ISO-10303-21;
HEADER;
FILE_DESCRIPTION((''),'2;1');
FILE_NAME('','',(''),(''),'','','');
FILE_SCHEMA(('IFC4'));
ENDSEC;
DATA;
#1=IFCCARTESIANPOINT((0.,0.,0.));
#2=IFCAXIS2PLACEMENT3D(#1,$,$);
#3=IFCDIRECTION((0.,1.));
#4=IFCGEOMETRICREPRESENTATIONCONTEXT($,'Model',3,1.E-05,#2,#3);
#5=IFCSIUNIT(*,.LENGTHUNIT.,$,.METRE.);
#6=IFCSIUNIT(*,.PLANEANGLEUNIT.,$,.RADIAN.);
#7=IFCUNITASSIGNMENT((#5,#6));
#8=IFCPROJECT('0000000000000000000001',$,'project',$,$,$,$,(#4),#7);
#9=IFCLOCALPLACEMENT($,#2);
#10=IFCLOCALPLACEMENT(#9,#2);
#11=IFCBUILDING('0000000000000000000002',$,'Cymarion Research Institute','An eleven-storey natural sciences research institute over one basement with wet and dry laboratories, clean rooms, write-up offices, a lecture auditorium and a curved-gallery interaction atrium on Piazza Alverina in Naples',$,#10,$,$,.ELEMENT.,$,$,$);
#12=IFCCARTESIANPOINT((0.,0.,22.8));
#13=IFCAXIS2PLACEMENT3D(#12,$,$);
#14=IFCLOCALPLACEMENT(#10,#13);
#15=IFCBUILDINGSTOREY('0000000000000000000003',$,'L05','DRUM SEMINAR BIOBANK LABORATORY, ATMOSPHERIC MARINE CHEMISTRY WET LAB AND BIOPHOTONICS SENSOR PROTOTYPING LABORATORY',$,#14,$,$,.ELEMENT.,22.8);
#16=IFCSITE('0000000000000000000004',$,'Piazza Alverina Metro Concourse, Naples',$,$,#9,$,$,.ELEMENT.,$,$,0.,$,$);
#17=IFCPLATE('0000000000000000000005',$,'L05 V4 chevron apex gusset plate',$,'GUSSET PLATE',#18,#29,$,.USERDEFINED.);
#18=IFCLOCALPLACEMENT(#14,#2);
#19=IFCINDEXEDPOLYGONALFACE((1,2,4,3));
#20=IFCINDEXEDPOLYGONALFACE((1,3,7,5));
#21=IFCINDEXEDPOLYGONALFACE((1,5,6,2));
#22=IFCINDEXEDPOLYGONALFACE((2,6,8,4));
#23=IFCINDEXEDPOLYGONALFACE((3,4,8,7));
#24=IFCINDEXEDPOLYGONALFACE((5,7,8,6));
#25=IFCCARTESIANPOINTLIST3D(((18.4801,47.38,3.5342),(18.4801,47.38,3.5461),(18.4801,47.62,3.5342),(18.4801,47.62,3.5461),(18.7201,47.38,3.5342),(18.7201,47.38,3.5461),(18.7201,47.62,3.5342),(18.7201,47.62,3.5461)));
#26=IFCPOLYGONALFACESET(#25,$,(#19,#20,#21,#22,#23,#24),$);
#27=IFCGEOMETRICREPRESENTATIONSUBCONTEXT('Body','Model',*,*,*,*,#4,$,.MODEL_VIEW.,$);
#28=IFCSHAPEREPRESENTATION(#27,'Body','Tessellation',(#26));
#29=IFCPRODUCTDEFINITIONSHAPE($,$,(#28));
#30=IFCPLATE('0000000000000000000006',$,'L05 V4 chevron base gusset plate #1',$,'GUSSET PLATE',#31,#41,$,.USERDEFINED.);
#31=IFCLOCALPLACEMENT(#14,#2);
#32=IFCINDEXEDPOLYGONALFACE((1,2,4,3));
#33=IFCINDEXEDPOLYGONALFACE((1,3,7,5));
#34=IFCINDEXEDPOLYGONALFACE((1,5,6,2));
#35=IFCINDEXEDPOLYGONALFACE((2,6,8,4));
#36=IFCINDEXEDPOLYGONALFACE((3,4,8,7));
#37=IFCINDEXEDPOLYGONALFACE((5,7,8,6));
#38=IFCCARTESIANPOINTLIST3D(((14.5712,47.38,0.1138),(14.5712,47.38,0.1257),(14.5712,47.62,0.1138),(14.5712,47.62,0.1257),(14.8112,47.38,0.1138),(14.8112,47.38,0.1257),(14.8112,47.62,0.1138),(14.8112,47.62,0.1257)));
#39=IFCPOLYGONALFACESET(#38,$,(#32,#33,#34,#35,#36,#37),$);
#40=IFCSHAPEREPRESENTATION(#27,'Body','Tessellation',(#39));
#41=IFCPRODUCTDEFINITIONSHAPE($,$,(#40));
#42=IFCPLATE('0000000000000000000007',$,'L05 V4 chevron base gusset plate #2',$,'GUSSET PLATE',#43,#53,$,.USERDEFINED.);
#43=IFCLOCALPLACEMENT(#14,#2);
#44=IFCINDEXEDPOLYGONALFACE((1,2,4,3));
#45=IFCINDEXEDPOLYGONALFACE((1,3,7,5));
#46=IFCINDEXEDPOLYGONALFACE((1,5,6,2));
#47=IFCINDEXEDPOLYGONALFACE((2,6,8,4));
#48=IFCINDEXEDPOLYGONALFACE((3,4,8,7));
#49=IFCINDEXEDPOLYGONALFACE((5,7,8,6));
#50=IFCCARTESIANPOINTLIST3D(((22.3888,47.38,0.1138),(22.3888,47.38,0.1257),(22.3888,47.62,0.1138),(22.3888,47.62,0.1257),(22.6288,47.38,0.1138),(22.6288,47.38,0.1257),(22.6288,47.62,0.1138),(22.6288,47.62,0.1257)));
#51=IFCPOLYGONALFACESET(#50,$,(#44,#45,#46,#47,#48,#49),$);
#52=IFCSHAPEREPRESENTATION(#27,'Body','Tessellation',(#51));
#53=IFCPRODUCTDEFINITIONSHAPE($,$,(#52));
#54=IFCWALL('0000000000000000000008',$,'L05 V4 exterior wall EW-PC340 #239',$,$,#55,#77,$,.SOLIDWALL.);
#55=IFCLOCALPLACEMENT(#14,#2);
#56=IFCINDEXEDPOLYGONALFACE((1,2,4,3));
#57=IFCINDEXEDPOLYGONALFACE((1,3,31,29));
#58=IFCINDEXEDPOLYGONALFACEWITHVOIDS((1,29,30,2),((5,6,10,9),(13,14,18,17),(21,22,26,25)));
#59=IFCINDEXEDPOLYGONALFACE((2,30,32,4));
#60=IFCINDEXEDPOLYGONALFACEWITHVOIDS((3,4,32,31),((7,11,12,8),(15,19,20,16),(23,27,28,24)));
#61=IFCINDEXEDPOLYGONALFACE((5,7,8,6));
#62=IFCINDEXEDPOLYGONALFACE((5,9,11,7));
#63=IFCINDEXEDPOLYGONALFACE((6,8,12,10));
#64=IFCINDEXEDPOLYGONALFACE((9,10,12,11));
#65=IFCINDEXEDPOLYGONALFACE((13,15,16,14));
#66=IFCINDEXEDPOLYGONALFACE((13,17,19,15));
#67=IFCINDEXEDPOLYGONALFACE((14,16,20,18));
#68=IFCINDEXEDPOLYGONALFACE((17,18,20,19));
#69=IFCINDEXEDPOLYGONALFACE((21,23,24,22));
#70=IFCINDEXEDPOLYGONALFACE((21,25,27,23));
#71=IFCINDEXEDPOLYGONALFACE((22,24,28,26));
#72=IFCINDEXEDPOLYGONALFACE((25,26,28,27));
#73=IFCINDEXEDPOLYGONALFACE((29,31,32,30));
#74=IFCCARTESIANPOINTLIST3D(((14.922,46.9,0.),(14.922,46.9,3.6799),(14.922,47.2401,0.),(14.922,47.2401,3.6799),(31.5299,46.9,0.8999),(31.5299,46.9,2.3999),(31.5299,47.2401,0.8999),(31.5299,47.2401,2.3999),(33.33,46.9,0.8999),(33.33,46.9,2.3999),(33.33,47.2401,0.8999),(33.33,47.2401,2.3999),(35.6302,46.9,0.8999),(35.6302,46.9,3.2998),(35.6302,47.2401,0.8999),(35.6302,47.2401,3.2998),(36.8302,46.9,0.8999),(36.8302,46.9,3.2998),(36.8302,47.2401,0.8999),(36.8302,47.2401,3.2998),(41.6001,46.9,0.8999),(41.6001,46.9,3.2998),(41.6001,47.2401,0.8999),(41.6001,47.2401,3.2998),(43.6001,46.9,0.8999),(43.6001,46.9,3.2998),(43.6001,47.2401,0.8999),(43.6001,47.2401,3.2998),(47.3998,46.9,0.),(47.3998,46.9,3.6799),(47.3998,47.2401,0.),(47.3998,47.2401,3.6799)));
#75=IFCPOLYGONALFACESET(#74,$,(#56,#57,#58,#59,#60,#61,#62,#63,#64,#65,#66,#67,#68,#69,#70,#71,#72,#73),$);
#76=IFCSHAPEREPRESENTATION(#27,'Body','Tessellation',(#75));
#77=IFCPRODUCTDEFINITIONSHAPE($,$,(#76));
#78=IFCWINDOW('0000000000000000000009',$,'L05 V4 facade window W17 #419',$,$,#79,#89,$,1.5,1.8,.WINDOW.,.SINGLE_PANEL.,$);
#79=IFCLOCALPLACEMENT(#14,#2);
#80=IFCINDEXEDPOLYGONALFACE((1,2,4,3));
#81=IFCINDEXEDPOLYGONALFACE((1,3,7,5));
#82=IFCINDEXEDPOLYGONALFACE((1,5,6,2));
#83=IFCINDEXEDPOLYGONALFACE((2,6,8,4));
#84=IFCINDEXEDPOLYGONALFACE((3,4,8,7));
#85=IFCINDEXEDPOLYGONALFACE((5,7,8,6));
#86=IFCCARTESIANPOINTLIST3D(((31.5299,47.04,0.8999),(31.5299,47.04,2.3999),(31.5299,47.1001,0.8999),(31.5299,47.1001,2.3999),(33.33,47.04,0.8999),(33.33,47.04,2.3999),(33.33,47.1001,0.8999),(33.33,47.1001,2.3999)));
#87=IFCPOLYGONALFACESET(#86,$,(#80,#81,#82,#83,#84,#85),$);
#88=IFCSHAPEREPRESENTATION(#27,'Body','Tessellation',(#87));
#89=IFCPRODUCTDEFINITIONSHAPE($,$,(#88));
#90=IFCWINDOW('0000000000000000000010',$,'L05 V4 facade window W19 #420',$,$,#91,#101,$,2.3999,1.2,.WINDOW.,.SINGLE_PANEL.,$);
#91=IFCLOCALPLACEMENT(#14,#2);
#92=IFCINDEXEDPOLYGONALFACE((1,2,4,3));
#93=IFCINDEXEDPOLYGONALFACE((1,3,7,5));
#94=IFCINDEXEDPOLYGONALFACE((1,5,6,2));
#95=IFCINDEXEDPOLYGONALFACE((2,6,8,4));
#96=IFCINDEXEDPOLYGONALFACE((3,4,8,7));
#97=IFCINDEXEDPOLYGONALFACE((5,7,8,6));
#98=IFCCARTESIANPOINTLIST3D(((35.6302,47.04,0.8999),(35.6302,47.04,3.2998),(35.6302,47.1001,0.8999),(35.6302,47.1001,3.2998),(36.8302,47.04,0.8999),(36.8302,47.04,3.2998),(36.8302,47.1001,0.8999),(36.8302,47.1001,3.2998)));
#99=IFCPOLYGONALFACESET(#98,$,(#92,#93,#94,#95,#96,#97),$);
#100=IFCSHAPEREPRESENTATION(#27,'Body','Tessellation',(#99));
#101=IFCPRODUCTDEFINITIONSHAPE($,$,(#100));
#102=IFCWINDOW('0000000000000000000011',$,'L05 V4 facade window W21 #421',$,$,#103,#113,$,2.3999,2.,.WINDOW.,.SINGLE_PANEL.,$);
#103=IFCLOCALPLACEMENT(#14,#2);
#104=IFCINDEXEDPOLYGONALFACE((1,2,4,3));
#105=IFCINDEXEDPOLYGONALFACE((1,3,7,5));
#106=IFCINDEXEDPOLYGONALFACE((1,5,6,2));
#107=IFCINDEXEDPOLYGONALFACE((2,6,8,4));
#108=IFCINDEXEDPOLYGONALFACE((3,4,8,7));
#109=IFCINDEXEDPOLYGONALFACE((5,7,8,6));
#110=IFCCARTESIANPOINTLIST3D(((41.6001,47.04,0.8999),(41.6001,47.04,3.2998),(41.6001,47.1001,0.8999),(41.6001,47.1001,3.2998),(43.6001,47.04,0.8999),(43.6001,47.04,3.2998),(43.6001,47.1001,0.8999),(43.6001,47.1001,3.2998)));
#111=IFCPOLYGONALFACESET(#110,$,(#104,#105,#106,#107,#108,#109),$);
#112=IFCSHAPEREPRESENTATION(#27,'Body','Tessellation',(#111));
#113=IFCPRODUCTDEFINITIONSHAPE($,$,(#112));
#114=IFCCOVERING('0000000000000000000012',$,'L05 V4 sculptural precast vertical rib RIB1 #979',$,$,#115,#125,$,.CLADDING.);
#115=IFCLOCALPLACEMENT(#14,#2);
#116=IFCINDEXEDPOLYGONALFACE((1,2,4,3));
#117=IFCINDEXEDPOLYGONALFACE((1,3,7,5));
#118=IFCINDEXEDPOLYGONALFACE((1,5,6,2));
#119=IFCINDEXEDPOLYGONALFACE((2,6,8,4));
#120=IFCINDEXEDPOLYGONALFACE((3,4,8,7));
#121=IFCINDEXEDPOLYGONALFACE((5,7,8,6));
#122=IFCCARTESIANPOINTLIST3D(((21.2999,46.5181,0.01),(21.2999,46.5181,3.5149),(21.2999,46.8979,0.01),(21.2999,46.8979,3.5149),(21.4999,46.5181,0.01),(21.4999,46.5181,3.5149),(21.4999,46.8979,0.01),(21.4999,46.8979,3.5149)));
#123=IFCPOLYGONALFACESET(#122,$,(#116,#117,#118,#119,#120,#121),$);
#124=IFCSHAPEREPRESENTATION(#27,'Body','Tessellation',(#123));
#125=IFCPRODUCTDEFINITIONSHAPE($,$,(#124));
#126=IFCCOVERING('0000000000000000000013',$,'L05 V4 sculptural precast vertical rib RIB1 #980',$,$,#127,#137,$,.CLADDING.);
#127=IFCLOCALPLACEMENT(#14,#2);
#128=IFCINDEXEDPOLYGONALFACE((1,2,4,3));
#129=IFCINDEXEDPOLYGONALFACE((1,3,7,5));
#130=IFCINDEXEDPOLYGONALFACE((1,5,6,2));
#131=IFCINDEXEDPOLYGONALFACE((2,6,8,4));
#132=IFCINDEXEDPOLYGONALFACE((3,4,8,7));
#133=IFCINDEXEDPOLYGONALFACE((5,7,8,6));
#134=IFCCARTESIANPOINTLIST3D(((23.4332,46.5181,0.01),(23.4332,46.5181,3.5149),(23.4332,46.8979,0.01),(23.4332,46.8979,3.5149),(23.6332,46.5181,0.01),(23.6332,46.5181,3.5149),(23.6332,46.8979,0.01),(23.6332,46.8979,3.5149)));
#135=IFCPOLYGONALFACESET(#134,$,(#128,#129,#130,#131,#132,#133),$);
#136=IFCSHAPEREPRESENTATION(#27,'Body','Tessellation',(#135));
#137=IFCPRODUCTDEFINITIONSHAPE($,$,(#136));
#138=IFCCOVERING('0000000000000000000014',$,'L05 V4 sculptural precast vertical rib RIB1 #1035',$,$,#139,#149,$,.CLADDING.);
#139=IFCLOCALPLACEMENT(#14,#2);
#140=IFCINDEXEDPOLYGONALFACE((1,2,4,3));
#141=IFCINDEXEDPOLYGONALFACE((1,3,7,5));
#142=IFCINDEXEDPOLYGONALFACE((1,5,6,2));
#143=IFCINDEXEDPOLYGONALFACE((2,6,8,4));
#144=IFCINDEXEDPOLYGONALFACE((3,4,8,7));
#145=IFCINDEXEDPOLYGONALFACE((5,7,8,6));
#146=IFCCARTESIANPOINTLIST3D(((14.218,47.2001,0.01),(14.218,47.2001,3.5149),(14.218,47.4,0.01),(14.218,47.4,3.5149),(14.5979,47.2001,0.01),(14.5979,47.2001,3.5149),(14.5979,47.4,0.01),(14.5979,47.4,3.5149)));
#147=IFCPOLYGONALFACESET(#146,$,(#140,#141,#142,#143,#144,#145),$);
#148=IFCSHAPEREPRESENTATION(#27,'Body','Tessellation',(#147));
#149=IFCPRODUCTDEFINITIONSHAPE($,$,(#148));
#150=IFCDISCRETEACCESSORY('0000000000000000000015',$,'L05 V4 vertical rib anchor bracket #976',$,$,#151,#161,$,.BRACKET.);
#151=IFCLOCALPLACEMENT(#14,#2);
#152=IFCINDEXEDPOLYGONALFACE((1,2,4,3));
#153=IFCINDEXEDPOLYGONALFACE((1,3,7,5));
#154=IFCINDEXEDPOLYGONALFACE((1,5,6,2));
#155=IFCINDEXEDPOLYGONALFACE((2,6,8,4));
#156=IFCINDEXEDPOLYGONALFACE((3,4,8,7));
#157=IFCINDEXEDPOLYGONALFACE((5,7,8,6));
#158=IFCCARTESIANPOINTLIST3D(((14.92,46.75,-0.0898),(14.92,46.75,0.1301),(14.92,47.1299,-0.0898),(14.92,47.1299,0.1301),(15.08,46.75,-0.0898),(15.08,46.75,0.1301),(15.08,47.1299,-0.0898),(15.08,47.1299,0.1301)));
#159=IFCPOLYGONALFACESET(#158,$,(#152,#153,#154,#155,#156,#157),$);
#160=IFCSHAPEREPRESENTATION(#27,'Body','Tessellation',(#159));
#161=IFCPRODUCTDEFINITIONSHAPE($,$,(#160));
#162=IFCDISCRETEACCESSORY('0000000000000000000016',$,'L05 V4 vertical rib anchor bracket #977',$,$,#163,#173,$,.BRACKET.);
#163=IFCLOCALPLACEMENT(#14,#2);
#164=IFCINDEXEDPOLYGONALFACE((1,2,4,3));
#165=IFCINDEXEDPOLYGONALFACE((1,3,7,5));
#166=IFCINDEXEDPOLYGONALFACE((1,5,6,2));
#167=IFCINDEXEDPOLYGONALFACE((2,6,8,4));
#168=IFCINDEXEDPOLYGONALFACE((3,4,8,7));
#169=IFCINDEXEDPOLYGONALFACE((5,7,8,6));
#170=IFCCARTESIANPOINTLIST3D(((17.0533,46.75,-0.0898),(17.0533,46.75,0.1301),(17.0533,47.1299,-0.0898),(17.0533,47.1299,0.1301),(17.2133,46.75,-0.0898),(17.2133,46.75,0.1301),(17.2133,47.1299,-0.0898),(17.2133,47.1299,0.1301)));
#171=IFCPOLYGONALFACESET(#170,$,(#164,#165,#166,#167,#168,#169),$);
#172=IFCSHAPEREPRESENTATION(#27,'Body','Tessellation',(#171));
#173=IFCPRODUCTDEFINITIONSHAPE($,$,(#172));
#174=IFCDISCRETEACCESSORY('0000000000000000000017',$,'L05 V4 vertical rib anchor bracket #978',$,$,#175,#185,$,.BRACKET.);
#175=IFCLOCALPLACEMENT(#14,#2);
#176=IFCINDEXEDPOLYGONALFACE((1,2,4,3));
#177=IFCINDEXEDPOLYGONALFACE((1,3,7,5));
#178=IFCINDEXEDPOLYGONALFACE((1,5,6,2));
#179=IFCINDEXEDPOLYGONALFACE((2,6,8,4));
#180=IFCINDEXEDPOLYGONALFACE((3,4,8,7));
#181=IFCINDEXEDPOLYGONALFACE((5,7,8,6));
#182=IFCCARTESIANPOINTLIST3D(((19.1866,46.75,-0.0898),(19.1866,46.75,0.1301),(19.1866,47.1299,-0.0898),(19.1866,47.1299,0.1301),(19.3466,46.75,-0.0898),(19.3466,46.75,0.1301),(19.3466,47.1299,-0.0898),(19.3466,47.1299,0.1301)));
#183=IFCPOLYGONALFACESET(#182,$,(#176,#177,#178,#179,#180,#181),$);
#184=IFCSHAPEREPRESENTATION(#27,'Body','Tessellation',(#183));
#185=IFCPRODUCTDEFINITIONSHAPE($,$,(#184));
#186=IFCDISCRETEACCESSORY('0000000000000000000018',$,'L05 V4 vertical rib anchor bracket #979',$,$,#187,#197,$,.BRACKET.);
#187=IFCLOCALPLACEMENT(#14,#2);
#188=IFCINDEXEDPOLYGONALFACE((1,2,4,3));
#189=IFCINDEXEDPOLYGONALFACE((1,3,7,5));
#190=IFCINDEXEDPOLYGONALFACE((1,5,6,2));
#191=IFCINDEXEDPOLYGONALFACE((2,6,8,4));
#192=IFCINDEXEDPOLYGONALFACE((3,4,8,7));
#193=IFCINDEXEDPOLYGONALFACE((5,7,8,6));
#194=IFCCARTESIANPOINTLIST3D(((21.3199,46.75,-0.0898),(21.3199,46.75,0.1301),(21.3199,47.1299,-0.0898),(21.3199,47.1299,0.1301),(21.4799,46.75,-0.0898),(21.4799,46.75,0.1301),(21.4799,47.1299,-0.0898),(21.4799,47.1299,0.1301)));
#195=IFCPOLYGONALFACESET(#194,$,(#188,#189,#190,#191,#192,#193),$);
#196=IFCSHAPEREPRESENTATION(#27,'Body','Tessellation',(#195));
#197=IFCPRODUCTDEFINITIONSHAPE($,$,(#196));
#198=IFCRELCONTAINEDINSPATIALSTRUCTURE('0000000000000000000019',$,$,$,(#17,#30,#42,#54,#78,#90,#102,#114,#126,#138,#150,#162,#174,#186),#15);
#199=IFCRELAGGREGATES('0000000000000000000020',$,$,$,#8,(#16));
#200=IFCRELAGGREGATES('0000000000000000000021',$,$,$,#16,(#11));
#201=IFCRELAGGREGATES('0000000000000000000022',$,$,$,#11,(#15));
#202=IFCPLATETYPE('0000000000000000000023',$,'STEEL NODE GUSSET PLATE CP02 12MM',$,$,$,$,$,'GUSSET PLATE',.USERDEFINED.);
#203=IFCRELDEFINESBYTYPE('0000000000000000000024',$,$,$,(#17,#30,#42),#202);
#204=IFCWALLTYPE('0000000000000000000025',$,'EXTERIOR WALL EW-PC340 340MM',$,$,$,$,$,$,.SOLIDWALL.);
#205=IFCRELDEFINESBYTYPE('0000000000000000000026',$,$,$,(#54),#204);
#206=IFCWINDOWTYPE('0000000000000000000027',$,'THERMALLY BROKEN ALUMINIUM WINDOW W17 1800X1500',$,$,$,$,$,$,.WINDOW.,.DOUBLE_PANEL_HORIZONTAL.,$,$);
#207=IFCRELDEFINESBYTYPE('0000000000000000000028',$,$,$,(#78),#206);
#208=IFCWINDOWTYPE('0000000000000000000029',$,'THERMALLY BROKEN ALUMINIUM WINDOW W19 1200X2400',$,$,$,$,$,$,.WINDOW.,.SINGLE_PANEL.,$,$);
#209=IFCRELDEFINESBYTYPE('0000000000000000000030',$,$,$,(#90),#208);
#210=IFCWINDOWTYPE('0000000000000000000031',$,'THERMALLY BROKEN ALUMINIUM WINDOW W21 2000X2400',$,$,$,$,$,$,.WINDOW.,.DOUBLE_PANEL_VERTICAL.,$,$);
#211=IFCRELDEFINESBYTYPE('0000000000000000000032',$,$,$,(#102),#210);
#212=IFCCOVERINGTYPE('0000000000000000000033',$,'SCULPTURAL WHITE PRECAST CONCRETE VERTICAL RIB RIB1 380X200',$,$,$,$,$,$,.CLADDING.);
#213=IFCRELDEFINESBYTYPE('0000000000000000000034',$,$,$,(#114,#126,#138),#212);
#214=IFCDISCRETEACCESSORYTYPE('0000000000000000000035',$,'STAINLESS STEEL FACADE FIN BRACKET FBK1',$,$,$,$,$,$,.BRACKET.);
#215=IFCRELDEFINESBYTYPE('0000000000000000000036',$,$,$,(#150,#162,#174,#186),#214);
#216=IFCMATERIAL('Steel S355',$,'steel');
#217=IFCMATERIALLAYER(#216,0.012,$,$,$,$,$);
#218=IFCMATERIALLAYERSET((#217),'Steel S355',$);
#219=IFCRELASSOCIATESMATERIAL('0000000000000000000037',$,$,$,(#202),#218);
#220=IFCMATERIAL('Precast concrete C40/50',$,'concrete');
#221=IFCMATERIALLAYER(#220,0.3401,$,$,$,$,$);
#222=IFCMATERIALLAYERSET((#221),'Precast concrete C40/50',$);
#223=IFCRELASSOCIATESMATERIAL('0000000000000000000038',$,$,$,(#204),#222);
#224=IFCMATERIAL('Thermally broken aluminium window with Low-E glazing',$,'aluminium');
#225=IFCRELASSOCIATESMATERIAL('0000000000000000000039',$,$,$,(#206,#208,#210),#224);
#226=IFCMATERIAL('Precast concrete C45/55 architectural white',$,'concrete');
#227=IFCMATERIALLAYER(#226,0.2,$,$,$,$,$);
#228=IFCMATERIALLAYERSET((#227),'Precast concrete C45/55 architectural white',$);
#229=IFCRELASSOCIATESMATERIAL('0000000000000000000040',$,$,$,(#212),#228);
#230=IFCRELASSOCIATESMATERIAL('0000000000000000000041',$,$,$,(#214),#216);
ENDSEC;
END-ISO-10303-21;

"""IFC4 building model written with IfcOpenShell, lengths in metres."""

from ifc_helpers import new_model, si_unit, direction, frame, frame_2d, origin, origin_2d, place, context, subcontext, project, spatial, rectangle, extrude, material, layer, layer_set, type_object, element, fill, save


model = new_model("IFC4")

# Units and contexts
model_context = context("Model", 3, precision=1e-05, world=origin(), true_north=direction((0.0, 1.0)))
body_context = subcontext(model_context, "Body", "Model", "MODEL_VIEW")
ifc_project = project(units=[si_unit("LENGTHUNIT", "METRE"), si_unit("PLANEANGLEUNIT", "RADIAN")], contexts=[model_context])

# Site, building, storey
site_placement = place(None, origin())
site = spatial("IfcSite", under=ifc_project, at=site_placement, Name="Piazza Alverina Metro Concourse, Naples", CompositionType="ELEMENT", RefElevation=0.0)
building_placement = place(site_placement, origin())
building = spatial("IfcBuilding", under=site, at=building_placement, Name="Cymarion Research Institute", Description="An eleven-storey natural sciences research institute over one basement with wet and dry laboratories, clean rooms, write-up offices, a lecture auditorium and a curved-gallery interaction atrium on Piazza Alverina in Naples", CompositionType="ELEMENT")
storey_placement = place(building_placement, frame((0.0, 0.0, 22.8)))
storey = spatial("IfcBuildingStorey", under=building, at=storey_placement, Name="L05", Description="DRUM SEMINAR BIOBANK LABORATORY, ATMOSPHERIC MARINE CHEMISTRY WET LAB AND BIOPHOTONICS SENSOR PROTOTYPING LABORATORY", CompositionType="ELEMENT", Elevation=22.8)

# Shared definitions
ifc_material_1 = material(Name="Steel S355", Category="steel")

# Plates
ifc_layer_1 = layer(ifc_material_1, 0.012)
ifc_layer_set_1 = layer_set([ifc_layer_1], Name="Steel S355")
plate_type = type_object("IfcPlateType", Name="STEEL NODE GUSSET PLATE CP02 12MM", ElementType="GUSSET PLATE", PredefinedType="USERDEFINED", material=ifc_layer_set_1)
for number, where, z_axis, x_axis, name in (
    (1, (18.6001, 47.5, 3.5342), (0.0, 0.0, 1.0), (1.0, 0.0, 0.0), "L05 V4 chevron apex gusset plate"),
    (2, (14.6912, 47.5, 0.1138), (0.0, 0.0, 1.0), (1.0, 0.0, 0.0), "L05 V4 chevron base gusset plate #1"),
    (3, (22.5088, 47.5, 0.1138), (0.0, 0.0, 1.0), (1.0, 0.0, 0.0), "L05 V4 chevron base gusset plate #2"),
):
    element("IfcPlate", number, at=place(storey_placement, frame(where, z_axis=z_axis, x_axis=x_axis)), inside=storey, type_object=plate_type, Name=name, ObjectType="GUSSET PLATE", PredefinedType="USERDEFINED", context=body_context, shape_type="SweptSolid", body=[
        extrude(rectangle(XDim=0.24, YDim=0.24, at=origin_2d()), origin(), (0.0, 0.0, 1.0), 0.012),
    ])

# Wall, openings, windows
ifc_material_2 = material(Name="Precast concrete C40/50", Category="concrete")
ifc_layer_2 = layer(ifc_material_2, 0.3401)
ifc_layer_set_2 = layer_set([ifc_layer_2], Name="Precast concrete C40/50")
wall_type = type_object("IfcWallType", Name="EXTERIOR WALL EW-PC340 340MM", PredefinedType="SOLIDWALL", material=ifc_layer_set_2)
wall_placement = place(storey_placement, frame((14.9221, 47.0701, 0.0), z_axis=(0.0, 0.0, 1.0), x_axis=(1.0, 0.0, 0.0)))
wall = element("IfcWall", 4, at=wall_placement, inside=storey, type_object=wall_type, Name="L05 V4 exterior wall EW-PC340 #239", PredefinedType="SOLIDWALL", context=body_context, shape_type="SweptSolid", body=[
    extrude(rectangle(XDim=32.4778, YDim=0.3401, at=frame_2d((16.2388, 0.0))), origin(), (0.0, 0.0, 1.0), 3.6799),
])
opening_1_placement = place(wall_placement, frame((16.6079, 0.0, 0.8999)))
opening_1 = element("IfcOpeningElement", 5, at=opening_1_placement, cuts=wall, PredefinedType="OPENING", context=body_context, shape_type="SweptSolid", body=[
    extrude(rectangle(XDim=1.8, YDim=1.5, at=frame_2d((0.8999, 0.75))), frame((0.0, 0.1799, 0.0), z_axis=(0.0, -1.0, 0.0), x_axis=(1.0, 0.0, 0.0)), (0.0, 0.0, 1.0), 0.3601),
])
opening_2_placement = place(wall_placement, frame((20.708, 0.0, 0.8999)))
opening_2 = element("IfcOpeningElement", 6, at=opening_2_placement, cuts=wall, PredefinedType="OPENING", context=body_context, shape_type="SweptSolid", body=[
    extrude(rectangle(XDim=1.2, YDim=2.3999, at=frame_2d((0.6001, 1.2))), frame((0.0, 0.1799, 0.0), z_axis=(0.0, -1.0, 0.0), x_axis=(1.0, 0.0, 0.0)), (0.0, 0.0, 1.0), 0.3601),
])
opening_3_placement = place(wall_placement, frame((26.678, 0.0, 0.8999)))
opening_3 = element("IfcOpeningElement", 7, at=opening_3_placement, cuts=wall, PredefinedType="OPENING", context=body_context, shape_type="SweptSolid", body=[
    extrude(rectangle(XDim=2.0, YDim=2.3999, at=frame_2d((1.0, 1.2))), frame((0.0, 0.1799, 0.0), z_axis=(0.0, -1.0, 0.0), x_axis=(1.0, 0.0, 0.0)), (0.0, 0.0, 1.0), 0.3601),
])
ifc_material_3 = material(Name="Thermally broken aluminium window with Low-E glazing", Category="aluminium")
window_type_1 = type_object("IfcWindowType", Name="THERMALLY BROKEN ALUMINIUM WINDOW W17 1800X1500", PartitioningType="DOUBLE_PANEL_HORIZONTAL", PredefinedType="WINDOW", material=ifc_material_3)
window_1_placement = place(opening_1_placement, origin())
window_1 = element("IfcWindow", 8, at=window_1_placement, inside=storey, type_object=window_type_1, Name="L05 V4 facade window W17 #419", OverallHeight=1.5, OverallWidth=1.8, PartitioningType="SINGLE_PANEL", PredefinedType="WINDOW", context=body_context, shape_type="SweptSolid", body=[
    extrude(rectangle(XDim=1.8, YDim=1.5, at=frame_2d((0.8999, 0.75))), frame((0.0, 0.03, 0.0), z_axis=(0.0, -1.0, 0.0), x_axis=(1.0, 0.0, 0.0)), (0.0, 0.0, 1.0), 0.0601),
])
fill(opening_1, window_1)
window_type_2 = type_object("IfcWindowType", Name="THERMALLY BROKEN ALUMINIUM WINDOW W19 1200X2400", PartitioningType="SINGLE_PANEL", PredefinedType="WINDOW", material=ifc_material_3)
window_2_placement = place(opening_2_placement, origin())
window_2 = element("IfcWindow", 9, at=window_2_placement, inside=storey, type_object=window_type_2, Name="L05 V4 facade window W19 #420", OverallHeight=2.3999, OverallWidth=1.2, PartitioningType="SINGLE_PANEL", PredefinedType="WINDOW", context=body_context, shape_type="SweptSolid", body=[
    extrude(rectangle(XDim=1.2, YDim=2.3999, at=frame_2d((0.6001, 1.2))), frame((0.0, 0.03, 0.0), z_axis=(0.0, -1.0, 0.0), x_axis=(1.0, 0.0, 0.0)), (0.0, 0.0, 1.0), 0.0601),
])
fill(opening_2, window_2)
window_type_3 = type_object("IfcWindowType", Name="THERMALLY BROKEN ALUMINIUM WINDOW W21 2000X2400", PartitioningType="DOUBLE_PANEL_VERTICAL", PredefinedType="WINDOW", material=ifc_material_3)
window_3_placement = place(opening_3_placement, origin())
window_3 = element("IfcWindow", 10, at=window_3_placement, inside=storey, type_object=window_type_3, Name="L05 V4 facade window W21 #421", OverallHeight=2.3999, OverallWidth=2.0, PartitioningType="SINGLE_PANEL", PredefinedType="WINDOW", context=body_context, shape_type="SweptSolid", body=[
    extrude(rectangle(XDim=2.0, YDim=2.3999, at=frame_2d((1.0, 1.2))), frame((0.0, 0.03, 0.0), z_axis=(0.0, -1.0, 0.0), x_axis=(1.0, 0.0, 0.0)), (0.0, 0.0, 1.0), 0.0601),
])
fill(opening_3, window_3)

# Coverings
ifc_material_4 = material(Name="Precast concrete C45/55 architectural white", Category="concrete")
ifc_layer_3 = layer(ifc_material_4, 0.2)
ifc_layer_set_3 = layer_set([ifc_layer_3], Name="Precast concrete C45/55 architectural white")
covering_type = type_object("IfcCoveringType", Name="SCULPTURAL WHITE PRECAST CONCRETE VERTICAL RIB RIB1 380X200", PredefinedType="CLADDING", material=ifc_layer_set_3)
for number, where, z_axis, x_axis, name in (
    (11, (21.3999, 46.708, 0.01), (0.0, 0.0, 1.0), (0.0, -1.0, 0.0), "L05 V4 sculptural precast vertical rib RIB1 #979"),
    (12, (23.5332, 46.708, 0.01), (0.0, 0.0, 1.0), (0.0, -1.0, 0.0), "L05 V4 sculptural precast vertical rib RIB1 #980"),
    (13, (14.408, 47.3, 0.01), (0.0, 0.0, 1.0), (-1.0, 0.0, 0.0), "L05 V4 sculptural precast vertical rib RIB1 #1035"),
):
    element("IfcCovering", number, at=place(storey_placement, frame(where, z_axis=z_axis, x_axis=x_axis)), inside=storey, type_object=covering_type, Name=name, PredefinedType="CLADDING", context=body_context, shape_type="SweptSolid", body=[
        extrude(rectangle(XDim=0.3799, YDim=0.2, at=origin_2d()), origin(), (0.0, 0.0, 1.0), 3.5049),
    ])

# Discrete accessories
discrete_accessory_type = type_object("IfcDiscreteAccessoryType", Name="STAINLESS STEEL FACADE FIN BRACKET FBK1", PredefinedType="BRACKET", material=ifc_material_1)
for number, where, z_axis, x_axis, name in (
    (14, (15.0, 46.9399, -0.0898), (0.0, 0.0, 1.0), (0.0, -1.0, 0.0), "L05 V4 vertical rib anchor bracket #976"),
    (15, (17.1333, 46.9399, -0.0898), (0.0, 0.0, 1.0), (0.0, -1.0, 0.0), "L05 V4 vertical rib anchor bracket #977"),
    (16, (19.2666, 46.9399, -0.0898), (0.0, 0.0, 1.0), (0.0, -1.0, 0.0), "L05 V4 vertical rib anchor bracket #978"),
    (17, (21.3999, 46.9399, -0.0898), (0.0, 0.0, 1.0), (0.0, -1.0, 0.0), "L05 V4 vertical rib anchor bracket #979"),
):
    element("IfcDiscreteAccessory", number, at=place(storey_placement, frame(where, z_axis=z_axis, x_axis=x_axis)), inside=storey, type_object=discrete_accessory_type, Name=name, PredefinedType="BRACKET", context=body_context, shape_type="SweptSolid", body=[
        extrude(rectangle(XDim=0.3799, YDim=0.1599, at=origin_2d()), origin(), (0.0, 0.0, 1.0), 0.22),
    ])

save(model, "model.ifc")
